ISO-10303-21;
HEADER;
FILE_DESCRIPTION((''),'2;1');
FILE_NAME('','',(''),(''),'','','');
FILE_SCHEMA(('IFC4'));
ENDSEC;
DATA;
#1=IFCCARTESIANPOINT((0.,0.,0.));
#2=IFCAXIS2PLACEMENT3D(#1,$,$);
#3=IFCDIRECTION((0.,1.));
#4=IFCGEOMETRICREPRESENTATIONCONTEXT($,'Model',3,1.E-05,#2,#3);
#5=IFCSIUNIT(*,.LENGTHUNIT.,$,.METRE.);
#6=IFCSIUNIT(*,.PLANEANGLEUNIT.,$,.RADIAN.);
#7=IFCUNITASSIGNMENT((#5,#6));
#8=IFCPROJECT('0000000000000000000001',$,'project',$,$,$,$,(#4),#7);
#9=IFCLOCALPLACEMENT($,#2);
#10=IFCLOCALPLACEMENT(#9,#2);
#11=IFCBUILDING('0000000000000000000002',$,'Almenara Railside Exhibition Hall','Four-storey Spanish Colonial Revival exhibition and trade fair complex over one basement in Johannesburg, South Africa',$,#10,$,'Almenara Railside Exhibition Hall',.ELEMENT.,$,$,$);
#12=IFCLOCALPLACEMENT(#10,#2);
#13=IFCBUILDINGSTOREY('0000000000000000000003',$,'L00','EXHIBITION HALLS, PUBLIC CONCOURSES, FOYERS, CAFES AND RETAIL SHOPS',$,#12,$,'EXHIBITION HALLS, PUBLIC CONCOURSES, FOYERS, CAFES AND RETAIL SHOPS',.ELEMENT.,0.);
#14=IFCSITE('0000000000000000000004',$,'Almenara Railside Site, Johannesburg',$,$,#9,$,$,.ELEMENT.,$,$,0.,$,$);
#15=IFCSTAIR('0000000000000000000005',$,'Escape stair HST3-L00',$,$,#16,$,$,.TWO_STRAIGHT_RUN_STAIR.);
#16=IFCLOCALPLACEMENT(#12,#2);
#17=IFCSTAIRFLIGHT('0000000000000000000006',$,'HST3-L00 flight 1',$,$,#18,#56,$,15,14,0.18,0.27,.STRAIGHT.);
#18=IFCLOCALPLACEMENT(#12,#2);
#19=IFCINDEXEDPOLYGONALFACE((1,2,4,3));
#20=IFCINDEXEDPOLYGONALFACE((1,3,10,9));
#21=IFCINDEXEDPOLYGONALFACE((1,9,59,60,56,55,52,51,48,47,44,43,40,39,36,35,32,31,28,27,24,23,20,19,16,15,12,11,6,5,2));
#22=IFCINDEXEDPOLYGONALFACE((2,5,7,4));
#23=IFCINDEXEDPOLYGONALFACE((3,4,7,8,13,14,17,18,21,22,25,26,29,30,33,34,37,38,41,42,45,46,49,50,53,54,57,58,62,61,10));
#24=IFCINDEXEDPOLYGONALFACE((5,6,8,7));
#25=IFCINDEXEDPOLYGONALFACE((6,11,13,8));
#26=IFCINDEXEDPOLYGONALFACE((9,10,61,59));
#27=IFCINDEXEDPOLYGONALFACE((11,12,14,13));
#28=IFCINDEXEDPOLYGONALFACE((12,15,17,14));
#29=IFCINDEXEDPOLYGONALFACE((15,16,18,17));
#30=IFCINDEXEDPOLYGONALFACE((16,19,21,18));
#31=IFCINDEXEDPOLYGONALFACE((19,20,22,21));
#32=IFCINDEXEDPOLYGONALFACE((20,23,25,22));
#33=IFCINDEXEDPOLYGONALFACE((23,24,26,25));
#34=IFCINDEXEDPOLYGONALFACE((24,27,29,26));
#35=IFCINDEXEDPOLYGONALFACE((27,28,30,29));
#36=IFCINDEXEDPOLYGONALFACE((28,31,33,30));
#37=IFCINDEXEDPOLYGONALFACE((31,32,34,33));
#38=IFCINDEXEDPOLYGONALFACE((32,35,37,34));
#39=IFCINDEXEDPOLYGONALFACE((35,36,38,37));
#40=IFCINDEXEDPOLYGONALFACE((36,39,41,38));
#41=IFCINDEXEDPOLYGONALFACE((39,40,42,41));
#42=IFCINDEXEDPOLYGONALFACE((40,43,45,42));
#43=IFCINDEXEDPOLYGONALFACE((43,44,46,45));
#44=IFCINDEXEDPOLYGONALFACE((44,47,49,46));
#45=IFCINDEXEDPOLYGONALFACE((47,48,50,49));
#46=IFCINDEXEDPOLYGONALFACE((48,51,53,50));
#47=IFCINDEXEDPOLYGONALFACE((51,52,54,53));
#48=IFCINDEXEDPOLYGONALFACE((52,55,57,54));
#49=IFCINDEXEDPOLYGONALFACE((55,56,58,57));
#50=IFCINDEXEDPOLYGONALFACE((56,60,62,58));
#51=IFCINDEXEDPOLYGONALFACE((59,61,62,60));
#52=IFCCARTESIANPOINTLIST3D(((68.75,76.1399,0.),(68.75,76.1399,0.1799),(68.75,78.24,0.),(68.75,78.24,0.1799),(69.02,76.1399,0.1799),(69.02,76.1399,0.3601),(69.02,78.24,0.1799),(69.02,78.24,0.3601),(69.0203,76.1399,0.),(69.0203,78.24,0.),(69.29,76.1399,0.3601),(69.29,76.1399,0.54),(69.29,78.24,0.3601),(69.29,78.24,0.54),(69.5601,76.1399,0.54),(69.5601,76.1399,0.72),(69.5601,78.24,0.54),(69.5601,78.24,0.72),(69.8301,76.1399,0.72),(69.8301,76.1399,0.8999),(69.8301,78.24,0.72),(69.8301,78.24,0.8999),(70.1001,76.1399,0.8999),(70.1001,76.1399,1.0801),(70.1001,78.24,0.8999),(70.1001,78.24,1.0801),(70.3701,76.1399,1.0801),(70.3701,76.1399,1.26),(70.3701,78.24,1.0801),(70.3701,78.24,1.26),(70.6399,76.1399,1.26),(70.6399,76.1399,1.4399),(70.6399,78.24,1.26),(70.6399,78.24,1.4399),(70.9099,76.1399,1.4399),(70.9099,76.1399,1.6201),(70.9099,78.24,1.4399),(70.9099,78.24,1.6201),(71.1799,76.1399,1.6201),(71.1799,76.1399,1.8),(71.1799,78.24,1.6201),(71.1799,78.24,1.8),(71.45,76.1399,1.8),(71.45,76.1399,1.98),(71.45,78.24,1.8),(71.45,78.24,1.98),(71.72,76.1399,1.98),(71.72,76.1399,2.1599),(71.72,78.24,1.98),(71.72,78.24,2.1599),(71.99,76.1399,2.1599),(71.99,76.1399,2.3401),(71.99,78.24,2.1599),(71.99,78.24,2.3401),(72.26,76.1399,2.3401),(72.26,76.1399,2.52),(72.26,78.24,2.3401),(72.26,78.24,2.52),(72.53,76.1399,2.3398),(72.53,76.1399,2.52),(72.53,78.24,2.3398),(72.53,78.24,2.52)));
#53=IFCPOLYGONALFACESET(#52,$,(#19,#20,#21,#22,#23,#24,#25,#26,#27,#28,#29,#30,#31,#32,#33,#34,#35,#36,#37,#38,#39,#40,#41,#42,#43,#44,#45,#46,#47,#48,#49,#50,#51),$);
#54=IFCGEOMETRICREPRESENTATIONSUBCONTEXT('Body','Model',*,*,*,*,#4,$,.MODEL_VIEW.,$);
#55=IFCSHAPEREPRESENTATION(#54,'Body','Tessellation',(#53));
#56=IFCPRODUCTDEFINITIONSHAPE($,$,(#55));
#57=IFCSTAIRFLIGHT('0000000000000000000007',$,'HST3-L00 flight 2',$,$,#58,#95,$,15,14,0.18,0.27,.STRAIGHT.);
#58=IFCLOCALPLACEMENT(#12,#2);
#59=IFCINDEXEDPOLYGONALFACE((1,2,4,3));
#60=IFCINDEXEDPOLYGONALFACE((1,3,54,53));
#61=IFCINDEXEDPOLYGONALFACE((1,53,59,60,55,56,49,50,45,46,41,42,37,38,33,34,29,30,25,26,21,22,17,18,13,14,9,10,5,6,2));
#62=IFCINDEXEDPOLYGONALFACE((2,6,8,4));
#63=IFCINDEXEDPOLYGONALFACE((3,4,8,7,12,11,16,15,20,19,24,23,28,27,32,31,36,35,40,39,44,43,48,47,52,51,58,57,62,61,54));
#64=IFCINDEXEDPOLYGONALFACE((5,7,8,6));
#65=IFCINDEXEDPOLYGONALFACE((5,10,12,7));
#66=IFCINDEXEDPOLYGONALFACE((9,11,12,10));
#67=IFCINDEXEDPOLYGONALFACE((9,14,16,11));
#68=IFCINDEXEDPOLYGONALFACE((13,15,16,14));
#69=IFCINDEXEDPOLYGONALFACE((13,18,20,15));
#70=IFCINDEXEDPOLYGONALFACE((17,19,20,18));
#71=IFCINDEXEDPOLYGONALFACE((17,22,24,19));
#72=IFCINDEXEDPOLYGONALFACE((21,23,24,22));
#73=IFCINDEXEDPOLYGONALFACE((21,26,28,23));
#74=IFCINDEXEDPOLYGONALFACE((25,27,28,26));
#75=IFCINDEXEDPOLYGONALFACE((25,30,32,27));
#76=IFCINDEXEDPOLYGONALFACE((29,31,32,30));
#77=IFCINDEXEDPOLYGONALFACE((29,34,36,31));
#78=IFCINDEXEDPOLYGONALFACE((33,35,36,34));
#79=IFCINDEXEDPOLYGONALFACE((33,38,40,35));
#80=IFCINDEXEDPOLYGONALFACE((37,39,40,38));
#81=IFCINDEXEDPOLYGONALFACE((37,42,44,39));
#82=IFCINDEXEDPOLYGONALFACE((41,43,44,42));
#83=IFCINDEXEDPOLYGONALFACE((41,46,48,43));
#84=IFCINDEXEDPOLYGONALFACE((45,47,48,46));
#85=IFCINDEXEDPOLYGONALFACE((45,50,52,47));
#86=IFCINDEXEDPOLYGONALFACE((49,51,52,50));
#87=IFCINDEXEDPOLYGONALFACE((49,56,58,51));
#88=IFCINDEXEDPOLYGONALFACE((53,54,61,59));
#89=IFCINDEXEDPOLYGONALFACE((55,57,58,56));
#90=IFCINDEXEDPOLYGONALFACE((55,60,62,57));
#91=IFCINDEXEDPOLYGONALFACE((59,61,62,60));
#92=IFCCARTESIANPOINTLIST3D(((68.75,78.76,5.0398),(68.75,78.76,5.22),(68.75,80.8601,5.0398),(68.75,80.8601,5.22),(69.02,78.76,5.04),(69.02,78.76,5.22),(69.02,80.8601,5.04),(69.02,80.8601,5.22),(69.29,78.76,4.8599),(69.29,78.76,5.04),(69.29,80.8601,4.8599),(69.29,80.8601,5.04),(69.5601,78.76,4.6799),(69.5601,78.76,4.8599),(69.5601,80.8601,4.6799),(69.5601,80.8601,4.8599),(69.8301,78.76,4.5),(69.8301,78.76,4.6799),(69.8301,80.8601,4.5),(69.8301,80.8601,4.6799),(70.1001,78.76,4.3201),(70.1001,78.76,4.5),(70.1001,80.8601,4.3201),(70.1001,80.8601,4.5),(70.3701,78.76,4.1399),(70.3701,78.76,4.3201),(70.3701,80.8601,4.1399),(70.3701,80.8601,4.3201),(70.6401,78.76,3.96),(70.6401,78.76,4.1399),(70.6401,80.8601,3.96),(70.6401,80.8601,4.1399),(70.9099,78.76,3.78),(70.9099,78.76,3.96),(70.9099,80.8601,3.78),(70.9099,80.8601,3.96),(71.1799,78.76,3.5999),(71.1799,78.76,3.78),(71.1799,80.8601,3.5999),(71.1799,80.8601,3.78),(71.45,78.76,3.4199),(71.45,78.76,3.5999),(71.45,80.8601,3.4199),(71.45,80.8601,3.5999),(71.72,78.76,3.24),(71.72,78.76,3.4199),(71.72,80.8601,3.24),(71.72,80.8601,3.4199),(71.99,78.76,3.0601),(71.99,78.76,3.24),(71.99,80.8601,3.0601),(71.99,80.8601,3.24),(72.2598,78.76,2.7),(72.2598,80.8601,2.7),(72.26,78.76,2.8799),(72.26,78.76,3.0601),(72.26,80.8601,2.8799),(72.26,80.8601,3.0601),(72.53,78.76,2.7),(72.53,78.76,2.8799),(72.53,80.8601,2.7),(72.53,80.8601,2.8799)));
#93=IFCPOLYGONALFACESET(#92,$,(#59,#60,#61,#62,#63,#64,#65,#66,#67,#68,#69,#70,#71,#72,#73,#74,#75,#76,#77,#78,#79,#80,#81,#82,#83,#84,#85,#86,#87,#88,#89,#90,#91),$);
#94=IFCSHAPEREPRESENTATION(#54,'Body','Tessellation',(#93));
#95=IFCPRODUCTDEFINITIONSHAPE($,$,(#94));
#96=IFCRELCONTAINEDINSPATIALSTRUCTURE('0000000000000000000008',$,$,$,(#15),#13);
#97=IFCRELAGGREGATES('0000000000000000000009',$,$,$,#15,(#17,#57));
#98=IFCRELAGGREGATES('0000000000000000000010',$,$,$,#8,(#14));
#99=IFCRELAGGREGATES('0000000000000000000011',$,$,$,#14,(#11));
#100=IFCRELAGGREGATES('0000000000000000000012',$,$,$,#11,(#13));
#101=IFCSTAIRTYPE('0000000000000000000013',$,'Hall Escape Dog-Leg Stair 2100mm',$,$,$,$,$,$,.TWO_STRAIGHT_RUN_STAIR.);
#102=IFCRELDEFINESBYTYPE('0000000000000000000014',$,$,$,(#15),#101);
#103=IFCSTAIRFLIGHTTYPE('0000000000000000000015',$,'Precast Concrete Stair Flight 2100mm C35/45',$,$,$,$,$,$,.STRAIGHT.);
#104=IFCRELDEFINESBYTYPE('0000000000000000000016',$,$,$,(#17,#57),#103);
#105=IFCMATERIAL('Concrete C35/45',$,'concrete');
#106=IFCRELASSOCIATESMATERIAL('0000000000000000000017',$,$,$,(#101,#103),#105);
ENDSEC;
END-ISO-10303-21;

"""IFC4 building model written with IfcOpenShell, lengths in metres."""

from ifc_helpers import new_model, si_unit, direction, frame, origin, place, context, subcontext, project, spatial, polyline, outline, extrude, material, type_object, element, aggregate, save


model = new_model("IFC4")

# Units and contexts
model_context = context("Model", 3, precision=1e-05, world=origin(), true_north=direction((0.0, 1.0)))
body_context = subcontext(model_context, "Body", "Model", "MODEL_VIEW")
ifc_project = project(units=[si_unit("LENGTHUNIT", "METRE"), si_unit("PLANEANGLEUNIT", "RADIAN")], contexts=[model_context])

# Site, building, storey
site_placement = place(None, origin())
site = spatial("IfcSite", under=ifc_project, at=site_placement, Name="Almenara Railside Site, Johannesburg", CompositionType="ELEMENT", RefElevation=0.0)
building_placement = place(site_placement, origin())
building = spatial("IfcBuilding", under=site, at=building_placement, Name="Almenara Railside Exhibition Hall", Description="Four-storey Spanish Colonial Revival exhibition and trade fair complex over one basement in Johannesburg, South Africa", LongName="Almenara Railside Exhibition Hall", CompositionType="ELEMENT")
storey_placement = place(building_placement, origin())
storey = spatial("IfcBuildingStorey", under=building, at=storey_placement, Name="L00", Description="EXHIBITION HALLS, PUBLIC CONCOURSES, FOYERS, CAFES AND RETAIL SHOPS", LongName="EXHIBITION HALLS, PUBLIC CONCOURSES, FOYERS, CAFES AND RETAIL SHOPS", CompositionType="ELEMENT", Elevation=0.0)

# Shared definitions
ifc_material_1 = material(Name="Concrete C35/45", Category="concrete")

# Stair, stair flights
stair_type = type_object("IfcStairType", Name="Hall Escape Dog-Leg Stair 2100mm", PredefinedType="TWO_STRAIGHT_RUN_STAIR", material=ifc_material_1)
stair_placement = place(storey_placement, origin())
stair = element("IfcStair", 1, at=stair_placement, inside=storey, type_object=stair_type, Name="Escape stair HST3-L00", PredefinedType="TWO_STRAIGHT_RUN_STAIR")
stair_flight_type = type_object("IfcStairFlightType", Name="Precast Concrete Stair Flight 2100mm C35/45", PredefinedType="STRAIGHT", material=ifc_material_1)
stair_flight_1_placement = place(storey_placement, frame((68.75, 77.1899, 0.0), z_axis=(0.0, 0.0, 1.0), x_axis=(1.0, 0.0, 0.0)))
stair_flight_1 = element("IfcStairFlight", 2, at=stair_flight_1_placement, type_object=stair_flight_type, Name="HST3-L00 flight 1", NumberOfRisers=15, NumberOfTreads=14, PredefinedType="STRAIGHT", RiserHeight=0.18, TreadLength=0.27, context=body_context, shape_type="SweptSolid", body=[
    extrude(outline(polyline([(0.0, 0.0), (0.0, 0.1799), (0.27, 0.1799), (0.27, 0.3601), (0.54, 0.3601), (0.54, 0.54), (0.8101, 0.54), (0.8101, 0.72), (1.0801, 0.72), (1.0801, 0.8999), (1.3501, 0.8999), (1.3501, 1.0801), (1.6201, 1.0801), (1.6201, 1.26), (1.8899, 1.26), (1.8899, 1.4399), (2.1599, 1.4399), (2.1599, 1.6201), (2.4299, 1.6201), (2.4299, 1.8), (2.7, 1.8), (2.7, 1.98), (2.97, 1.98), (2.97, 2.1599), (3.24, 2.1599), (3.24, 2.3401), (3.51, 2.3401), (3.51, 2.52), (3.78, 2.52), (3.78, 2.7), (3.78, 2.3398), (0.2703, 0.0), (0.0, 0.0)])), frame((0.0, 1.05, 0.0), z_axis=(0.0, -1.0, 0.0), x_axis=(1.0, 0.0, 0.0)), (0.0, 0.0, 1.0), 2.1001),
])
stair_flight_2_placement = place(storey_placement, frame((72.53, 79.8101, 2.7), z_axis=(0.0, 0.0, 1.0), x_axis=(-1.0, 0.0, 0.0)))
stair_flight_2 = element("IfcStairFlight", 3, at=stair_flight_2_placement, type_object=stair_flight_type, Name="HST3-L00 flight 2", NumberOfRisers=15, NumberOfTreads=14, PredefinedType="STRAIGHT", RiserHeight=0.18, TreadLength=0.27, context=body_context, shape_type="SweptSolid", body=[
    extrude(outline(polyline([(0.0, 0.0), (0.0, 0.1799), (0.27, 0.1799), (0.27, 0.3601), (0.54, 0.3601), (0.54, 0.54), (0.8101, 0.54), (0.8101, 0.72), (1.0801, 0.72), (1.0801, 0.8999), (1.3501, 0.8999), (1.3501, 1.0801), (1.6201, 1.0801), (1.6201, 1.26), (1.8899, 1.26), (1.8899, 1.4399), (2.1599, 1.4399), (2.1599, 1.6201), (2.4299, 1.6201), (2.4299, 1.8), (2.7, 1.8), (2.7, 1.98), (2.97, 1.98), (2.97, 2.1599), (3.24, 2.1599), (3.24, 2.3401), (3.51, 2.3401), (3.51, 2.52), (3.78, 2.52), (3.78, 2.7), (3.78, 2.3398), (0.2703, 0.0), (0.0, 0.0)])), frame((0.0, 1.05, 0.0), z_axis=(0.0, -1.0, 0.0), x_axis=(1.0, 0.0, 0.0)), (0.0, 0.0, 1.0), 2.1001),
])
aggregate(stair, [stair_flight_1, stair_flight_2])

save(model, "model.ifc")
